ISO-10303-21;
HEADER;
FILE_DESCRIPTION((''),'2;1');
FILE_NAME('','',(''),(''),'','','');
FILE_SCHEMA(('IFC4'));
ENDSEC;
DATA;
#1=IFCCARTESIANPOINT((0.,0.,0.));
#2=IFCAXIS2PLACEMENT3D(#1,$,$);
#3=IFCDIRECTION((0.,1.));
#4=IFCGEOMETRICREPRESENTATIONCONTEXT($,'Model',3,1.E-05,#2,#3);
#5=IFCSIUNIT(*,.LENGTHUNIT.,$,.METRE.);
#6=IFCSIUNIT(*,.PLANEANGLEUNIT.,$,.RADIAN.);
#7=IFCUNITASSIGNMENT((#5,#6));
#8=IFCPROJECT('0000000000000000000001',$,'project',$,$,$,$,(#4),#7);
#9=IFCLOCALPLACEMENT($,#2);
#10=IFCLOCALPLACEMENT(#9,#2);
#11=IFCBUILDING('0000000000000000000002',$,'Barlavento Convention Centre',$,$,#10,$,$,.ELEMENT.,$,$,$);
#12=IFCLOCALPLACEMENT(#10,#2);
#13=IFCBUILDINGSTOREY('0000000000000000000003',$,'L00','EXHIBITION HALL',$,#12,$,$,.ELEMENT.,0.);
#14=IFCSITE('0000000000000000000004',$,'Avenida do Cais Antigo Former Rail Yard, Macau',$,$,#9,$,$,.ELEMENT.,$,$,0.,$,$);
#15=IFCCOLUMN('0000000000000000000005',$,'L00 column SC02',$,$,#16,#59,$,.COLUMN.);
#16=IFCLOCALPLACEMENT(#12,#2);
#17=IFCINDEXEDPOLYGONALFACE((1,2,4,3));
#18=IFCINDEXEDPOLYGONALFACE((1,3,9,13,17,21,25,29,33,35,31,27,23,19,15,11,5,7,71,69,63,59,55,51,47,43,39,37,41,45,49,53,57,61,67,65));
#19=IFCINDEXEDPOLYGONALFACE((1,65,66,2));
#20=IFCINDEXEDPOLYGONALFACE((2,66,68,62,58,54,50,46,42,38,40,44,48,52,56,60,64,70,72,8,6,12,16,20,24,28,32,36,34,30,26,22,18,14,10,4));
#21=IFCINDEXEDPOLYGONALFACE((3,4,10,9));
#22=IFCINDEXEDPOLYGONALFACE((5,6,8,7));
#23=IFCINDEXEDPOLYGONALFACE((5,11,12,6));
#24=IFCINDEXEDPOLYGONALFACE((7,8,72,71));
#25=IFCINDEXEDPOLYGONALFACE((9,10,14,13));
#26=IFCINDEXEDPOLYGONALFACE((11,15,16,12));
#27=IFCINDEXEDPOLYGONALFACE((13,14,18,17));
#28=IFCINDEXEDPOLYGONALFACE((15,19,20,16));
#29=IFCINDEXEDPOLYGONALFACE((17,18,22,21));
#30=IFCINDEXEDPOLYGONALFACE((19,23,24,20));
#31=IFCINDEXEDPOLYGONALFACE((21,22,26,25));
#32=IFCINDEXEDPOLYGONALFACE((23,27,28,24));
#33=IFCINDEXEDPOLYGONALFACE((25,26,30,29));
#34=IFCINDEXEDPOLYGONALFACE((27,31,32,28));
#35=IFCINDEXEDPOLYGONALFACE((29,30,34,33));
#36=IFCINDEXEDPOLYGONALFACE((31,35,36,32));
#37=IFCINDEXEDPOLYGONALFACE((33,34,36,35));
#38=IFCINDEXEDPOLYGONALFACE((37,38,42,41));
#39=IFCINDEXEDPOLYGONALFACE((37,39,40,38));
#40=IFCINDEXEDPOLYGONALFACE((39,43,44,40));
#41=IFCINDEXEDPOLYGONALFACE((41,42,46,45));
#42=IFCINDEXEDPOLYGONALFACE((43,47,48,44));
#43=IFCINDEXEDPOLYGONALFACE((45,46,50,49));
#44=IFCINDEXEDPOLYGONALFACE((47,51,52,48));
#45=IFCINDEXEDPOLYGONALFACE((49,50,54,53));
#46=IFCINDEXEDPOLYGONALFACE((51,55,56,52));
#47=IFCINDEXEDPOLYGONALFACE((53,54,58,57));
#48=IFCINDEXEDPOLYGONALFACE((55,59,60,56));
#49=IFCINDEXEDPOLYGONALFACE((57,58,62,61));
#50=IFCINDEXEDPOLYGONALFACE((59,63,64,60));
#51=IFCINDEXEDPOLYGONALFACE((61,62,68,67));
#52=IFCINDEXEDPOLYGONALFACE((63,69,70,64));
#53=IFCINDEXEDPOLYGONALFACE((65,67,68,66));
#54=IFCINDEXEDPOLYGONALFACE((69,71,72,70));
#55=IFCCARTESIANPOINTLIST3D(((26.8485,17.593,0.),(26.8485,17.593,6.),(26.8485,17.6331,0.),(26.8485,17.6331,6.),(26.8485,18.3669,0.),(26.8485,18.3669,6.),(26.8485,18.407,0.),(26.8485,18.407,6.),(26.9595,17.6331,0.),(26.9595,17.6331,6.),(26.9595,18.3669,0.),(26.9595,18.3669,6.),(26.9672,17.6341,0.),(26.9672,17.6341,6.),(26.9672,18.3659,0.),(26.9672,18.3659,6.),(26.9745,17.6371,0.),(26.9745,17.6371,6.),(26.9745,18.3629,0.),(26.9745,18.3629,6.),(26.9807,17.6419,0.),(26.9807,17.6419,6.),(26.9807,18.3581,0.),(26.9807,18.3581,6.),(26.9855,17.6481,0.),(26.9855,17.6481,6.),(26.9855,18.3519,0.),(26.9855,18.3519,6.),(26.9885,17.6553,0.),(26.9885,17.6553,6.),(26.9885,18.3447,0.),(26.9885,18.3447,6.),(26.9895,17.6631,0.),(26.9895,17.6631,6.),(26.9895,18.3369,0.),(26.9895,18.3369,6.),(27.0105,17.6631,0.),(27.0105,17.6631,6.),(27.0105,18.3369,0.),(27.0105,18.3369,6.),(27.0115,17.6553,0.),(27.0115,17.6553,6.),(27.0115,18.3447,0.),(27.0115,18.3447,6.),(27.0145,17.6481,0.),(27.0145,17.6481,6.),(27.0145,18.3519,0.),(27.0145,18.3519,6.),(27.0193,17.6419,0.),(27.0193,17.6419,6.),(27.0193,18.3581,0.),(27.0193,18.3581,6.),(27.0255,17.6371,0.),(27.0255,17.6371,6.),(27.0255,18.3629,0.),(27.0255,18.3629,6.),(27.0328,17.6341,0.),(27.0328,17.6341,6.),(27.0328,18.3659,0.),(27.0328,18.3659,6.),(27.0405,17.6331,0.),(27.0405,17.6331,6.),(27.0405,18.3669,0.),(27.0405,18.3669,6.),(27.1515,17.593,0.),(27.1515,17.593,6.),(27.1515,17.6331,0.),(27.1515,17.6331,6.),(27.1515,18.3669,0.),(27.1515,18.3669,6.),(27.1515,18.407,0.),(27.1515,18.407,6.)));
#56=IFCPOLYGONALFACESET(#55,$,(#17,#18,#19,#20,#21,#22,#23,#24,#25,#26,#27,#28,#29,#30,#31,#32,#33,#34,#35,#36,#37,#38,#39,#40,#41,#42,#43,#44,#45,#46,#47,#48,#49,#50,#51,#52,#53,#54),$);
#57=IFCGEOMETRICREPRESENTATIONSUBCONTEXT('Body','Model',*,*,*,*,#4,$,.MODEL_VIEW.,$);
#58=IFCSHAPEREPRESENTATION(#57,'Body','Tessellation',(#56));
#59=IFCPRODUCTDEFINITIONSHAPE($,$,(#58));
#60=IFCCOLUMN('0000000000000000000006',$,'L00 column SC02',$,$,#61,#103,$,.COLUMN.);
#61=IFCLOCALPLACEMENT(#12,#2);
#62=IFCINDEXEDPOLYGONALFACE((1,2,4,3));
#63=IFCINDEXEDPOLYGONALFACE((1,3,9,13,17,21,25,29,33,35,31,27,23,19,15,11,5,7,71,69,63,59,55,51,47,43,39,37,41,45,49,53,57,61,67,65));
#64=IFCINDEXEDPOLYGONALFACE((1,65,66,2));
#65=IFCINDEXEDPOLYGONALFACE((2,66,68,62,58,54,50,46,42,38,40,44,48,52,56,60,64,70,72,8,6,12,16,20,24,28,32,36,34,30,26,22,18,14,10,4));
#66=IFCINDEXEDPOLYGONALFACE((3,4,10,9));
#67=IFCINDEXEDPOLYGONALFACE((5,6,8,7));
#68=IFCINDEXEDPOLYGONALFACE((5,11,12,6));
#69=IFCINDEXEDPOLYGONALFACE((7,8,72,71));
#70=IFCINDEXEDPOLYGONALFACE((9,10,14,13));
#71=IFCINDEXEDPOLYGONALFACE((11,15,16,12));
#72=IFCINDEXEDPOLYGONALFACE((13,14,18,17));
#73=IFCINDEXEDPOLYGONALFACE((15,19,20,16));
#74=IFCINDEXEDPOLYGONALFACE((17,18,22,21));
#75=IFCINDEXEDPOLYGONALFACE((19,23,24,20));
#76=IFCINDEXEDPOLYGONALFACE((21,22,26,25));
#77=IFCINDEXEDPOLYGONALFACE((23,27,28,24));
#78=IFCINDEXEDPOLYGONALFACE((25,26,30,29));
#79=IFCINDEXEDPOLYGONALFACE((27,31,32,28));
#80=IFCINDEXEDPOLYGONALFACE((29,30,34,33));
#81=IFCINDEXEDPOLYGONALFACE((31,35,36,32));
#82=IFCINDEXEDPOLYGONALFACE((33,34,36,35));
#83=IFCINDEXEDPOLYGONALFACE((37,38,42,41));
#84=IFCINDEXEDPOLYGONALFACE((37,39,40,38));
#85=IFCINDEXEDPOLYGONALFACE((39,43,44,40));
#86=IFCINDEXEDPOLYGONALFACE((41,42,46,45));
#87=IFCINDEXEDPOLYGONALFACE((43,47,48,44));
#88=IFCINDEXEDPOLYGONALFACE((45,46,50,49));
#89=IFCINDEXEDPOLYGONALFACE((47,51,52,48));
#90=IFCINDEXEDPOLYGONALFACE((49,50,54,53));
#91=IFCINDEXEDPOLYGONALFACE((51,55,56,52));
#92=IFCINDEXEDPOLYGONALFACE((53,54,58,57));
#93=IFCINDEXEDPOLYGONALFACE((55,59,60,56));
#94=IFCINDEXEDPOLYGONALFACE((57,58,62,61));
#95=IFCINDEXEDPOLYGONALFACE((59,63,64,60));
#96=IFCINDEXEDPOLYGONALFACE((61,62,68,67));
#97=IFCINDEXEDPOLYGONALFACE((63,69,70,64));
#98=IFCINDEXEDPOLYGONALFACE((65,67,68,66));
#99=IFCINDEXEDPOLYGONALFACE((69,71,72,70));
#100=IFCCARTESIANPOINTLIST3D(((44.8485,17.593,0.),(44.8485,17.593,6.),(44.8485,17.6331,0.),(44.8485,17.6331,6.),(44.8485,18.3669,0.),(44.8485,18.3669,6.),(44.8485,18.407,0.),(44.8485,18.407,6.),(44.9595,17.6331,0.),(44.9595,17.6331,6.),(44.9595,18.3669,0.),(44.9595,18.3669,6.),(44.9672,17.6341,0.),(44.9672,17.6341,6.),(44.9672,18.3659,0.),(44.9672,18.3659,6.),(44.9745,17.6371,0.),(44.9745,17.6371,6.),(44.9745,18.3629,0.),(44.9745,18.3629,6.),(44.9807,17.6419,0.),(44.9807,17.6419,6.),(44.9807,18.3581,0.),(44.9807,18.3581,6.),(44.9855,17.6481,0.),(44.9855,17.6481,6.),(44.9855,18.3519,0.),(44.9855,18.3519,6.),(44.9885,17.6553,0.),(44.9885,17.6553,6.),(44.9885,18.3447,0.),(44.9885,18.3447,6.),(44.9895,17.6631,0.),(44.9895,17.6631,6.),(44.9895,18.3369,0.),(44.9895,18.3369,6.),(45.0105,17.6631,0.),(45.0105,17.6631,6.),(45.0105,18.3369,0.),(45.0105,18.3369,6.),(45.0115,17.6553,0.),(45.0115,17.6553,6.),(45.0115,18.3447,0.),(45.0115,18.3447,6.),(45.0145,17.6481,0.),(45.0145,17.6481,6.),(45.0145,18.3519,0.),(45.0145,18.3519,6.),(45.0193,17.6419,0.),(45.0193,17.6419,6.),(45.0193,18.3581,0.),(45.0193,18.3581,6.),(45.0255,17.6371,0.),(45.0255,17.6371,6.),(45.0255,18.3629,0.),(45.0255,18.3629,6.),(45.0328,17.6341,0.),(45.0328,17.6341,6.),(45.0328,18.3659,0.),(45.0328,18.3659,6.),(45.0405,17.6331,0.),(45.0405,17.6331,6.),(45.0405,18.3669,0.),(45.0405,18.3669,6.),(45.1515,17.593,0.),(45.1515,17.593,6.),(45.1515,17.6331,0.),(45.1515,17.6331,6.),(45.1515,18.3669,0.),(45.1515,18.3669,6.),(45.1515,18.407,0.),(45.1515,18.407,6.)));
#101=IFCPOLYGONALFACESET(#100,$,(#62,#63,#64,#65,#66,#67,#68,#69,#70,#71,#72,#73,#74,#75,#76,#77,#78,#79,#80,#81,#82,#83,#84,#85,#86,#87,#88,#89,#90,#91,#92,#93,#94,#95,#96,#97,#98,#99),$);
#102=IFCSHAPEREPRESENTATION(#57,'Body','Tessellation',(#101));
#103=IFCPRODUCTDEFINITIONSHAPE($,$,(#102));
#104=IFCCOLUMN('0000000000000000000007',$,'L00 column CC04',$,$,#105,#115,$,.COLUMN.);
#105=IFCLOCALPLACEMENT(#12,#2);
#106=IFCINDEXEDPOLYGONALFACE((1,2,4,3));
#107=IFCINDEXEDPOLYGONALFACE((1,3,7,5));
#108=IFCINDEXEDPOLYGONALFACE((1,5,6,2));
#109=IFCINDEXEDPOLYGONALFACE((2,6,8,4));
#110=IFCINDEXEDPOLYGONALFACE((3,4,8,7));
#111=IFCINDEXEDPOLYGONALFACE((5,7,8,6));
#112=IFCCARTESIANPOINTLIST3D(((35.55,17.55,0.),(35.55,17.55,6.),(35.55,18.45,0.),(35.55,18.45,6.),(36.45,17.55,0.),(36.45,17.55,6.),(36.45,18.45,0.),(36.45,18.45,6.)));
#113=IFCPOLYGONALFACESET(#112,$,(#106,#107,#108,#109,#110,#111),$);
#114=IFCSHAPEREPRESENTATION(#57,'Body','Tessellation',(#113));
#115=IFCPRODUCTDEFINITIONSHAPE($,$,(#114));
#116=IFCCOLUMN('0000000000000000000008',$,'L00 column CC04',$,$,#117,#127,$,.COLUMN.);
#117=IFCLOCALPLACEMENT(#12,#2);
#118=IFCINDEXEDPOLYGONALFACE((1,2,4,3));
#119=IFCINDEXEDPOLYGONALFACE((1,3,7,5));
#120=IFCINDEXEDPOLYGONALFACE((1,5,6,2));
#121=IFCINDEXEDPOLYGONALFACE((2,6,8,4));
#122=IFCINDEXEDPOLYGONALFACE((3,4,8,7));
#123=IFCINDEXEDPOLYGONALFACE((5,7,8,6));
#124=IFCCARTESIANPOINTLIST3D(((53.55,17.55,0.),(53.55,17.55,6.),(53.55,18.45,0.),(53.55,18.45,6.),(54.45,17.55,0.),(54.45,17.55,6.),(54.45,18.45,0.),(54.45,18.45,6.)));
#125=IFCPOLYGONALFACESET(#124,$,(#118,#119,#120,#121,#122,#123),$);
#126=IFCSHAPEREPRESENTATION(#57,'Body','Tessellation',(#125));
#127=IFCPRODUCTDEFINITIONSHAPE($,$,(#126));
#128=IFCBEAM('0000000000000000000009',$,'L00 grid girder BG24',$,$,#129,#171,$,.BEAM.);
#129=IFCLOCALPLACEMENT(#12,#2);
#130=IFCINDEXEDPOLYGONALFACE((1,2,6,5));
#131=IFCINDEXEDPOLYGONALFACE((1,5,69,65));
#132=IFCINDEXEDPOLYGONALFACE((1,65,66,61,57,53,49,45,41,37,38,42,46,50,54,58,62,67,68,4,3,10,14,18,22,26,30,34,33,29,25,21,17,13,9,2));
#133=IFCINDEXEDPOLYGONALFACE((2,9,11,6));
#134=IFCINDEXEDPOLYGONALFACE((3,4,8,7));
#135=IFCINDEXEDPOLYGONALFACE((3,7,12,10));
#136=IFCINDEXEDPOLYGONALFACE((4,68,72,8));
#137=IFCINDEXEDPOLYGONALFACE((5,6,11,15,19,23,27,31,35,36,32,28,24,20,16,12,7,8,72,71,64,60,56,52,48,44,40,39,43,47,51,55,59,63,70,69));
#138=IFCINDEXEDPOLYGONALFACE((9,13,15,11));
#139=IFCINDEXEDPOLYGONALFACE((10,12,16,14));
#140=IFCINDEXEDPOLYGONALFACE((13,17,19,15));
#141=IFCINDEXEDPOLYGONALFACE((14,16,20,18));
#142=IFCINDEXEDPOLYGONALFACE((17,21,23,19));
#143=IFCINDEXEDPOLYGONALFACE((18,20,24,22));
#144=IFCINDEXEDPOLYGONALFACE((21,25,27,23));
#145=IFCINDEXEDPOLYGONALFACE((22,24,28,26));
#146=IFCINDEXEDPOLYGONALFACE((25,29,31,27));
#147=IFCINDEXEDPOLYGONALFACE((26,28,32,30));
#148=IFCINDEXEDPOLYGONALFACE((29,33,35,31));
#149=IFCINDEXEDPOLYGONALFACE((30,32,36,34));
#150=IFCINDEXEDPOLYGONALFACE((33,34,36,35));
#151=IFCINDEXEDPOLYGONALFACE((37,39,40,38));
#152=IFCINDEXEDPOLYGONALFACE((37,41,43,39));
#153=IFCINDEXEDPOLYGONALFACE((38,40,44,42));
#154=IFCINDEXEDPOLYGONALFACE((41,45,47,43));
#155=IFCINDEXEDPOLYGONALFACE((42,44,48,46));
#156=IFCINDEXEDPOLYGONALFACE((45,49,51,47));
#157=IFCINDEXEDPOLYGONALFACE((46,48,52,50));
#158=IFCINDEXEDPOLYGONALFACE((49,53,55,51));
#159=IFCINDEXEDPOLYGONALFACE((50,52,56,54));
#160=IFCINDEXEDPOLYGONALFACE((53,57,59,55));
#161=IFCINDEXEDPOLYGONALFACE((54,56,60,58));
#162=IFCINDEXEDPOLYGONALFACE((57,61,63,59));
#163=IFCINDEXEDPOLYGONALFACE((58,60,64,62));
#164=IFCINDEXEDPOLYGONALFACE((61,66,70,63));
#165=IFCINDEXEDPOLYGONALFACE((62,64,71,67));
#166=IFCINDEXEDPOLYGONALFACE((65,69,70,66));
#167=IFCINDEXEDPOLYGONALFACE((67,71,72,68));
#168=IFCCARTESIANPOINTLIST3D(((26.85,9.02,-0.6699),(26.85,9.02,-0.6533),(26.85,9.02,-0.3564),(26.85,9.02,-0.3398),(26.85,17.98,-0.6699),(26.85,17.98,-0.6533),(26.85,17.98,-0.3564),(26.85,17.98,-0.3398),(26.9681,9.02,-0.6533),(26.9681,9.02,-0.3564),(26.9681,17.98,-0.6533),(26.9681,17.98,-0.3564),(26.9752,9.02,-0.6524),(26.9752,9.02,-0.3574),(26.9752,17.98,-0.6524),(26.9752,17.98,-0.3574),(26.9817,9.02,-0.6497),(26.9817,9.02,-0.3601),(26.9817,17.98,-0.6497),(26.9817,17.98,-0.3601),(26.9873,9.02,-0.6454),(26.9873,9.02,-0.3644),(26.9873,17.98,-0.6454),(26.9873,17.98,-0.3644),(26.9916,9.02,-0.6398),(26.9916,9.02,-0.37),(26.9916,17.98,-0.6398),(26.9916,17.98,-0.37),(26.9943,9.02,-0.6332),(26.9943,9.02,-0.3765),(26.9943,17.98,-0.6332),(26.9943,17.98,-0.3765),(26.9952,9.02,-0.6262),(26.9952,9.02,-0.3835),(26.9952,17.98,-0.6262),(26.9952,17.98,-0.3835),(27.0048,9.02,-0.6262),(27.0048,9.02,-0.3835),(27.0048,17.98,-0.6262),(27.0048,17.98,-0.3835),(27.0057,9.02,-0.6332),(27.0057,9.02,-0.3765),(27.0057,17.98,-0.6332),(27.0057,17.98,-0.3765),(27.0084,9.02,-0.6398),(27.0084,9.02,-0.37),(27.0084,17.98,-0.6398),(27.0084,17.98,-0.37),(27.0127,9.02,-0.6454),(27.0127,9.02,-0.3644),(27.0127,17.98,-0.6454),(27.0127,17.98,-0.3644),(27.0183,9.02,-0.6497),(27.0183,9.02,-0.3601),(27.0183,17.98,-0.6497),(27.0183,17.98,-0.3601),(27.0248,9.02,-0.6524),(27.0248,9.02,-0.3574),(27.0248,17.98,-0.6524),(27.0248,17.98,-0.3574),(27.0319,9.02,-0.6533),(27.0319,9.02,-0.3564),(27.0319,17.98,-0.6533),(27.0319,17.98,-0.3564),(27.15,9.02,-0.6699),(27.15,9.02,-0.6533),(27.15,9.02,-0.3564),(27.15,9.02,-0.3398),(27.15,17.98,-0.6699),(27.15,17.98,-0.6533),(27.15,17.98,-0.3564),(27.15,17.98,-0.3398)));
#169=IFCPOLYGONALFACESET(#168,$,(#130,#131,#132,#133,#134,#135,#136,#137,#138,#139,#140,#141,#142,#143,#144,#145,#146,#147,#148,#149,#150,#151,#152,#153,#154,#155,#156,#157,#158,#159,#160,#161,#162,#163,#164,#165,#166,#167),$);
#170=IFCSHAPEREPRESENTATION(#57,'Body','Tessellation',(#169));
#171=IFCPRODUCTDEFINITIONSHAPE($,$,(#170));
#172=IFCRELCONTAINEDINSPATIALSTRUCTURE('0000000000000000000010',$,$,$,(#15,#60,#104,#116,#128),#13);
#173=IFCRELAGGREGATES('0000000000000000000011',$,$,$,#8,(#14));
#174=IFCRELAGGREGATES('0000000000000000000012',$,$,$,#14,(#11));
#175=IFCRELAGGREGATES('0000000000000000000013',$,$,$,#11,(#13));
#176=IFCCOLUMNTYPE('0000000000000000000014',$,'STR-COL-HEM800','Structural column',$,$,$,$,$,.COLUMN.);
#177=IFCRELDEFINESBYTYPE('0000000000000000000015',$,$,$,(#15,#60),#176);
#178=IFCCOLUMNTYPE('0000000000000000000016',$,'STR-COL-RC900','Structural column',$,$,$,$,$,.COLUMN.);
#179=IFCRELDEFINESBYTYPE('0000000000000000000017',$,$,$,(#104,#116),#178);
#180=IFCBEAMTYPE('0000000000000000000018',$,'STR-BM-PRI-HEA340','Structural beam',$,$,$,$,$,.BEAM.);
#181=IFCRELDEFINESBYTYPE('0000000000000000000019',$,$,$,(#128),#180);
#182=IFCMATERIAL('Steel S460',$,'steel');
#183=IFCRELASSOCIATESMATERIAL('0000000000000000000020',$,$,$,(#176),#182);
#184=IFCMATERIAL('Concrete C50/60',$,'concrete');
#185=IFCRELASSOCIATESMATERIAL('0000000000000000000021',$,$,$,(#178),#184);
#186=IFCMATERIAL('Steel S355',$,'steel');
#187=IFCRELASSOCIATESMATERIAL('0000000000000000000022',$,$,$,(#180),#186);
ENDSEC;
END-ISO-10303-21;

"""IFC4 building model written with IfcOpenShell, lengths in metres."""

from ifc_helpers import new_model, si_unit, direction, frame, origin, origin_2d, place, context, subcontext, project, spatial, rectangle, i_section, extrude, material, material_profile, profile_set, type_object, element, save


model = new_model("IFC4")

# Units and contexts
model_context = context("Model", 3, precision=1e-05, world=origin(), true_north=direction((0.0, 1.0)))
body_context = subcontext(model_context, "Body", "Model", "MODEL_VIEW")
ifc_project = project(units=[si_unit("LENGTHUNIT", "METRE"), si_unit("PLANEANGLEUNIT", "RADIAN")], contexts=[model_context])

# Site, building, storey
site_placement = place(None, origin())
site = spatial("IfcSite", under=ifc_project, at=site_placement, Name="Avenida do Cais Antigo Former Rail Yard, Macau", CompositionType="ELEMENT", RefElevation=0.0)
building_placement = place(site_placement, origin())
building = spatial("IfcBuilding", under=site, at=building_placement, Name="Barlavento Convention Centre", CompositionType="ELEMENT")
storey_placement = place(building_placement, origin())
storey = spatial("IfcBuildingStorey", under=building, at=storey_placement, Name="L00", Description="EXHIBITION HALL", CompositionType="ELEMENT", Elevation=0.0)

# Columns
ifc_material_1 = material(Name="Steel S460", Category="steel")
ifc_material_profile_1 = material_profile(ifc_material_1, i_section(OverallWidth=0.303, OverallDepth=0.814, WebThickness=0.021, FlangeThickness=0.04, FilletRadius=0.03, at=origin_2d()), Name="HEM 800")
ifc_profile_set_1 = profile_set([ifc_material_profile_1], Name="Steel S460")
column_type_1 = type_object("IfcColumnType", Name="STR-COL-HEM800", Description="Structural column", PredefinedType="COLUMN", material=ifc_profile_set_1)
for number, where, z_axis, x_axis, name in (
    (1, (27.0, 18.0, 0.0), (0.0, 0.0, 1.0), (1.0, 0.0, 0.0), "L00 column SC02"),
    (2, (45.0, 18.0, 0.0), (0.0, 0.0, 1.0), (1.0, 0.0, 0.0), "L00 column SC02"),
):
    element("IfcColumn", number, at=place(storey_placement, frame(where, z_axis=z_axis, x_axis=x_axis)), inside=storey, type_object=column_type_1, Name=name, PredefinedType="COLUMN", context=body_context, shape_type="SweptSolid", body=[
        extrude(i_section(OverallWidth=0.303, OverallDepth=0.814, WebThickness=0.021, FlangeThickness=0.04, FilletRadius=0.03, at=origin_2d()), origin(), (0.0, 0.0, 1.0), 6.0),
    ])
ifc_material_2 = material(Name="Concrete C50/60", Category="concrete")
ifc_material_profile_2 = material_profile(ifc_material_2, rectangle(XDim=0.8999, YDim=0.8999, at=origin_2d()), Name="RC 900x900")
ifc_profile_set_2 = profile_set([ifc_material_profile_2], Name="Concrete C50/60")
column_type_2 = type_object("IfcColumnType", Name="STR-COL-RC900", Description="Structural column", PredefinedType="COLUMN", material=ifc_profile_set_2)
for number, where, z_axis, x_axis, name in (
    (3, (36.0, 18.0, 0.0), (0.0, 0.0, 1.0), (1.0, 0.0, 0.0), "L00 column CC04"),
    (4, (54.0, 18.0, 0.0), (0.0, 0.0, 1.0), (1.0, 0.0, 0.0), "L00 column CC04"),
):
    element("IfcColumn", number, at=place(storey_placement, frame(where, z_axis=z_axis, x_axis=x_axis)), inside=storey, type_object=column_type_2, Name=name, PredefinedType="COLUMN", context=body_context, shape_type="SweptSolid", body=[
        extrude(rectangle(XDim=0.8999, YDim=0.8999, at=origin_2d()), origin(), (0.0, 0.0, 1.0), 6.0),
    ])

# Beam
ifc_material_3 = material(Name="Steel S355", Category="steel")
ifc_material_profile_3 = material_profile(ifc_material_3, i_section(OverallWidth=0.3, OverallDepth=0.3301, WebThickness=0.0095, FlangeThickness=0.0166, FilletRadius=0.0271, at=origin_2d()), Name="HEA 340")
ifc_profile_set_3 = profile_set([ifc_material_profile_3], Name="Steel S355")
beam_type_1 = type_object("IfcBeamType", Name="STR-BM-PRI-HEA340", Description="Structural beam", PredefinedType="BEAM", material=ifc_profile_set_3)
for number, where, z_axis, x_axis, name in (
    (5, (27.0, 9.02, -0.5049), (0.0, 1.0, 0.0), (-1.0, 0.0, 0.0), "L00 grid girder BG24"),
):
    element("IfcBeam", number, at=place(storey_placement, frame(where, z_axis=z_axis, x_axis=x_axis)), inside=storey, type_object=beam_type_1, Name=name, PredefinedType="BEAM", context=body_context, shape_type="SweptSolid", body=[
        extrude(i_section(OverallWidth=0.3, OverallDepth=0.3301, WebThickness=0.0095, FlangeThickness=0.0166, FilletRadius=0.0271, at=origin_2d()), origin(), (0.0, 0.0, 1.0), 8.96),
    ])

save(model, "model.ifc")
